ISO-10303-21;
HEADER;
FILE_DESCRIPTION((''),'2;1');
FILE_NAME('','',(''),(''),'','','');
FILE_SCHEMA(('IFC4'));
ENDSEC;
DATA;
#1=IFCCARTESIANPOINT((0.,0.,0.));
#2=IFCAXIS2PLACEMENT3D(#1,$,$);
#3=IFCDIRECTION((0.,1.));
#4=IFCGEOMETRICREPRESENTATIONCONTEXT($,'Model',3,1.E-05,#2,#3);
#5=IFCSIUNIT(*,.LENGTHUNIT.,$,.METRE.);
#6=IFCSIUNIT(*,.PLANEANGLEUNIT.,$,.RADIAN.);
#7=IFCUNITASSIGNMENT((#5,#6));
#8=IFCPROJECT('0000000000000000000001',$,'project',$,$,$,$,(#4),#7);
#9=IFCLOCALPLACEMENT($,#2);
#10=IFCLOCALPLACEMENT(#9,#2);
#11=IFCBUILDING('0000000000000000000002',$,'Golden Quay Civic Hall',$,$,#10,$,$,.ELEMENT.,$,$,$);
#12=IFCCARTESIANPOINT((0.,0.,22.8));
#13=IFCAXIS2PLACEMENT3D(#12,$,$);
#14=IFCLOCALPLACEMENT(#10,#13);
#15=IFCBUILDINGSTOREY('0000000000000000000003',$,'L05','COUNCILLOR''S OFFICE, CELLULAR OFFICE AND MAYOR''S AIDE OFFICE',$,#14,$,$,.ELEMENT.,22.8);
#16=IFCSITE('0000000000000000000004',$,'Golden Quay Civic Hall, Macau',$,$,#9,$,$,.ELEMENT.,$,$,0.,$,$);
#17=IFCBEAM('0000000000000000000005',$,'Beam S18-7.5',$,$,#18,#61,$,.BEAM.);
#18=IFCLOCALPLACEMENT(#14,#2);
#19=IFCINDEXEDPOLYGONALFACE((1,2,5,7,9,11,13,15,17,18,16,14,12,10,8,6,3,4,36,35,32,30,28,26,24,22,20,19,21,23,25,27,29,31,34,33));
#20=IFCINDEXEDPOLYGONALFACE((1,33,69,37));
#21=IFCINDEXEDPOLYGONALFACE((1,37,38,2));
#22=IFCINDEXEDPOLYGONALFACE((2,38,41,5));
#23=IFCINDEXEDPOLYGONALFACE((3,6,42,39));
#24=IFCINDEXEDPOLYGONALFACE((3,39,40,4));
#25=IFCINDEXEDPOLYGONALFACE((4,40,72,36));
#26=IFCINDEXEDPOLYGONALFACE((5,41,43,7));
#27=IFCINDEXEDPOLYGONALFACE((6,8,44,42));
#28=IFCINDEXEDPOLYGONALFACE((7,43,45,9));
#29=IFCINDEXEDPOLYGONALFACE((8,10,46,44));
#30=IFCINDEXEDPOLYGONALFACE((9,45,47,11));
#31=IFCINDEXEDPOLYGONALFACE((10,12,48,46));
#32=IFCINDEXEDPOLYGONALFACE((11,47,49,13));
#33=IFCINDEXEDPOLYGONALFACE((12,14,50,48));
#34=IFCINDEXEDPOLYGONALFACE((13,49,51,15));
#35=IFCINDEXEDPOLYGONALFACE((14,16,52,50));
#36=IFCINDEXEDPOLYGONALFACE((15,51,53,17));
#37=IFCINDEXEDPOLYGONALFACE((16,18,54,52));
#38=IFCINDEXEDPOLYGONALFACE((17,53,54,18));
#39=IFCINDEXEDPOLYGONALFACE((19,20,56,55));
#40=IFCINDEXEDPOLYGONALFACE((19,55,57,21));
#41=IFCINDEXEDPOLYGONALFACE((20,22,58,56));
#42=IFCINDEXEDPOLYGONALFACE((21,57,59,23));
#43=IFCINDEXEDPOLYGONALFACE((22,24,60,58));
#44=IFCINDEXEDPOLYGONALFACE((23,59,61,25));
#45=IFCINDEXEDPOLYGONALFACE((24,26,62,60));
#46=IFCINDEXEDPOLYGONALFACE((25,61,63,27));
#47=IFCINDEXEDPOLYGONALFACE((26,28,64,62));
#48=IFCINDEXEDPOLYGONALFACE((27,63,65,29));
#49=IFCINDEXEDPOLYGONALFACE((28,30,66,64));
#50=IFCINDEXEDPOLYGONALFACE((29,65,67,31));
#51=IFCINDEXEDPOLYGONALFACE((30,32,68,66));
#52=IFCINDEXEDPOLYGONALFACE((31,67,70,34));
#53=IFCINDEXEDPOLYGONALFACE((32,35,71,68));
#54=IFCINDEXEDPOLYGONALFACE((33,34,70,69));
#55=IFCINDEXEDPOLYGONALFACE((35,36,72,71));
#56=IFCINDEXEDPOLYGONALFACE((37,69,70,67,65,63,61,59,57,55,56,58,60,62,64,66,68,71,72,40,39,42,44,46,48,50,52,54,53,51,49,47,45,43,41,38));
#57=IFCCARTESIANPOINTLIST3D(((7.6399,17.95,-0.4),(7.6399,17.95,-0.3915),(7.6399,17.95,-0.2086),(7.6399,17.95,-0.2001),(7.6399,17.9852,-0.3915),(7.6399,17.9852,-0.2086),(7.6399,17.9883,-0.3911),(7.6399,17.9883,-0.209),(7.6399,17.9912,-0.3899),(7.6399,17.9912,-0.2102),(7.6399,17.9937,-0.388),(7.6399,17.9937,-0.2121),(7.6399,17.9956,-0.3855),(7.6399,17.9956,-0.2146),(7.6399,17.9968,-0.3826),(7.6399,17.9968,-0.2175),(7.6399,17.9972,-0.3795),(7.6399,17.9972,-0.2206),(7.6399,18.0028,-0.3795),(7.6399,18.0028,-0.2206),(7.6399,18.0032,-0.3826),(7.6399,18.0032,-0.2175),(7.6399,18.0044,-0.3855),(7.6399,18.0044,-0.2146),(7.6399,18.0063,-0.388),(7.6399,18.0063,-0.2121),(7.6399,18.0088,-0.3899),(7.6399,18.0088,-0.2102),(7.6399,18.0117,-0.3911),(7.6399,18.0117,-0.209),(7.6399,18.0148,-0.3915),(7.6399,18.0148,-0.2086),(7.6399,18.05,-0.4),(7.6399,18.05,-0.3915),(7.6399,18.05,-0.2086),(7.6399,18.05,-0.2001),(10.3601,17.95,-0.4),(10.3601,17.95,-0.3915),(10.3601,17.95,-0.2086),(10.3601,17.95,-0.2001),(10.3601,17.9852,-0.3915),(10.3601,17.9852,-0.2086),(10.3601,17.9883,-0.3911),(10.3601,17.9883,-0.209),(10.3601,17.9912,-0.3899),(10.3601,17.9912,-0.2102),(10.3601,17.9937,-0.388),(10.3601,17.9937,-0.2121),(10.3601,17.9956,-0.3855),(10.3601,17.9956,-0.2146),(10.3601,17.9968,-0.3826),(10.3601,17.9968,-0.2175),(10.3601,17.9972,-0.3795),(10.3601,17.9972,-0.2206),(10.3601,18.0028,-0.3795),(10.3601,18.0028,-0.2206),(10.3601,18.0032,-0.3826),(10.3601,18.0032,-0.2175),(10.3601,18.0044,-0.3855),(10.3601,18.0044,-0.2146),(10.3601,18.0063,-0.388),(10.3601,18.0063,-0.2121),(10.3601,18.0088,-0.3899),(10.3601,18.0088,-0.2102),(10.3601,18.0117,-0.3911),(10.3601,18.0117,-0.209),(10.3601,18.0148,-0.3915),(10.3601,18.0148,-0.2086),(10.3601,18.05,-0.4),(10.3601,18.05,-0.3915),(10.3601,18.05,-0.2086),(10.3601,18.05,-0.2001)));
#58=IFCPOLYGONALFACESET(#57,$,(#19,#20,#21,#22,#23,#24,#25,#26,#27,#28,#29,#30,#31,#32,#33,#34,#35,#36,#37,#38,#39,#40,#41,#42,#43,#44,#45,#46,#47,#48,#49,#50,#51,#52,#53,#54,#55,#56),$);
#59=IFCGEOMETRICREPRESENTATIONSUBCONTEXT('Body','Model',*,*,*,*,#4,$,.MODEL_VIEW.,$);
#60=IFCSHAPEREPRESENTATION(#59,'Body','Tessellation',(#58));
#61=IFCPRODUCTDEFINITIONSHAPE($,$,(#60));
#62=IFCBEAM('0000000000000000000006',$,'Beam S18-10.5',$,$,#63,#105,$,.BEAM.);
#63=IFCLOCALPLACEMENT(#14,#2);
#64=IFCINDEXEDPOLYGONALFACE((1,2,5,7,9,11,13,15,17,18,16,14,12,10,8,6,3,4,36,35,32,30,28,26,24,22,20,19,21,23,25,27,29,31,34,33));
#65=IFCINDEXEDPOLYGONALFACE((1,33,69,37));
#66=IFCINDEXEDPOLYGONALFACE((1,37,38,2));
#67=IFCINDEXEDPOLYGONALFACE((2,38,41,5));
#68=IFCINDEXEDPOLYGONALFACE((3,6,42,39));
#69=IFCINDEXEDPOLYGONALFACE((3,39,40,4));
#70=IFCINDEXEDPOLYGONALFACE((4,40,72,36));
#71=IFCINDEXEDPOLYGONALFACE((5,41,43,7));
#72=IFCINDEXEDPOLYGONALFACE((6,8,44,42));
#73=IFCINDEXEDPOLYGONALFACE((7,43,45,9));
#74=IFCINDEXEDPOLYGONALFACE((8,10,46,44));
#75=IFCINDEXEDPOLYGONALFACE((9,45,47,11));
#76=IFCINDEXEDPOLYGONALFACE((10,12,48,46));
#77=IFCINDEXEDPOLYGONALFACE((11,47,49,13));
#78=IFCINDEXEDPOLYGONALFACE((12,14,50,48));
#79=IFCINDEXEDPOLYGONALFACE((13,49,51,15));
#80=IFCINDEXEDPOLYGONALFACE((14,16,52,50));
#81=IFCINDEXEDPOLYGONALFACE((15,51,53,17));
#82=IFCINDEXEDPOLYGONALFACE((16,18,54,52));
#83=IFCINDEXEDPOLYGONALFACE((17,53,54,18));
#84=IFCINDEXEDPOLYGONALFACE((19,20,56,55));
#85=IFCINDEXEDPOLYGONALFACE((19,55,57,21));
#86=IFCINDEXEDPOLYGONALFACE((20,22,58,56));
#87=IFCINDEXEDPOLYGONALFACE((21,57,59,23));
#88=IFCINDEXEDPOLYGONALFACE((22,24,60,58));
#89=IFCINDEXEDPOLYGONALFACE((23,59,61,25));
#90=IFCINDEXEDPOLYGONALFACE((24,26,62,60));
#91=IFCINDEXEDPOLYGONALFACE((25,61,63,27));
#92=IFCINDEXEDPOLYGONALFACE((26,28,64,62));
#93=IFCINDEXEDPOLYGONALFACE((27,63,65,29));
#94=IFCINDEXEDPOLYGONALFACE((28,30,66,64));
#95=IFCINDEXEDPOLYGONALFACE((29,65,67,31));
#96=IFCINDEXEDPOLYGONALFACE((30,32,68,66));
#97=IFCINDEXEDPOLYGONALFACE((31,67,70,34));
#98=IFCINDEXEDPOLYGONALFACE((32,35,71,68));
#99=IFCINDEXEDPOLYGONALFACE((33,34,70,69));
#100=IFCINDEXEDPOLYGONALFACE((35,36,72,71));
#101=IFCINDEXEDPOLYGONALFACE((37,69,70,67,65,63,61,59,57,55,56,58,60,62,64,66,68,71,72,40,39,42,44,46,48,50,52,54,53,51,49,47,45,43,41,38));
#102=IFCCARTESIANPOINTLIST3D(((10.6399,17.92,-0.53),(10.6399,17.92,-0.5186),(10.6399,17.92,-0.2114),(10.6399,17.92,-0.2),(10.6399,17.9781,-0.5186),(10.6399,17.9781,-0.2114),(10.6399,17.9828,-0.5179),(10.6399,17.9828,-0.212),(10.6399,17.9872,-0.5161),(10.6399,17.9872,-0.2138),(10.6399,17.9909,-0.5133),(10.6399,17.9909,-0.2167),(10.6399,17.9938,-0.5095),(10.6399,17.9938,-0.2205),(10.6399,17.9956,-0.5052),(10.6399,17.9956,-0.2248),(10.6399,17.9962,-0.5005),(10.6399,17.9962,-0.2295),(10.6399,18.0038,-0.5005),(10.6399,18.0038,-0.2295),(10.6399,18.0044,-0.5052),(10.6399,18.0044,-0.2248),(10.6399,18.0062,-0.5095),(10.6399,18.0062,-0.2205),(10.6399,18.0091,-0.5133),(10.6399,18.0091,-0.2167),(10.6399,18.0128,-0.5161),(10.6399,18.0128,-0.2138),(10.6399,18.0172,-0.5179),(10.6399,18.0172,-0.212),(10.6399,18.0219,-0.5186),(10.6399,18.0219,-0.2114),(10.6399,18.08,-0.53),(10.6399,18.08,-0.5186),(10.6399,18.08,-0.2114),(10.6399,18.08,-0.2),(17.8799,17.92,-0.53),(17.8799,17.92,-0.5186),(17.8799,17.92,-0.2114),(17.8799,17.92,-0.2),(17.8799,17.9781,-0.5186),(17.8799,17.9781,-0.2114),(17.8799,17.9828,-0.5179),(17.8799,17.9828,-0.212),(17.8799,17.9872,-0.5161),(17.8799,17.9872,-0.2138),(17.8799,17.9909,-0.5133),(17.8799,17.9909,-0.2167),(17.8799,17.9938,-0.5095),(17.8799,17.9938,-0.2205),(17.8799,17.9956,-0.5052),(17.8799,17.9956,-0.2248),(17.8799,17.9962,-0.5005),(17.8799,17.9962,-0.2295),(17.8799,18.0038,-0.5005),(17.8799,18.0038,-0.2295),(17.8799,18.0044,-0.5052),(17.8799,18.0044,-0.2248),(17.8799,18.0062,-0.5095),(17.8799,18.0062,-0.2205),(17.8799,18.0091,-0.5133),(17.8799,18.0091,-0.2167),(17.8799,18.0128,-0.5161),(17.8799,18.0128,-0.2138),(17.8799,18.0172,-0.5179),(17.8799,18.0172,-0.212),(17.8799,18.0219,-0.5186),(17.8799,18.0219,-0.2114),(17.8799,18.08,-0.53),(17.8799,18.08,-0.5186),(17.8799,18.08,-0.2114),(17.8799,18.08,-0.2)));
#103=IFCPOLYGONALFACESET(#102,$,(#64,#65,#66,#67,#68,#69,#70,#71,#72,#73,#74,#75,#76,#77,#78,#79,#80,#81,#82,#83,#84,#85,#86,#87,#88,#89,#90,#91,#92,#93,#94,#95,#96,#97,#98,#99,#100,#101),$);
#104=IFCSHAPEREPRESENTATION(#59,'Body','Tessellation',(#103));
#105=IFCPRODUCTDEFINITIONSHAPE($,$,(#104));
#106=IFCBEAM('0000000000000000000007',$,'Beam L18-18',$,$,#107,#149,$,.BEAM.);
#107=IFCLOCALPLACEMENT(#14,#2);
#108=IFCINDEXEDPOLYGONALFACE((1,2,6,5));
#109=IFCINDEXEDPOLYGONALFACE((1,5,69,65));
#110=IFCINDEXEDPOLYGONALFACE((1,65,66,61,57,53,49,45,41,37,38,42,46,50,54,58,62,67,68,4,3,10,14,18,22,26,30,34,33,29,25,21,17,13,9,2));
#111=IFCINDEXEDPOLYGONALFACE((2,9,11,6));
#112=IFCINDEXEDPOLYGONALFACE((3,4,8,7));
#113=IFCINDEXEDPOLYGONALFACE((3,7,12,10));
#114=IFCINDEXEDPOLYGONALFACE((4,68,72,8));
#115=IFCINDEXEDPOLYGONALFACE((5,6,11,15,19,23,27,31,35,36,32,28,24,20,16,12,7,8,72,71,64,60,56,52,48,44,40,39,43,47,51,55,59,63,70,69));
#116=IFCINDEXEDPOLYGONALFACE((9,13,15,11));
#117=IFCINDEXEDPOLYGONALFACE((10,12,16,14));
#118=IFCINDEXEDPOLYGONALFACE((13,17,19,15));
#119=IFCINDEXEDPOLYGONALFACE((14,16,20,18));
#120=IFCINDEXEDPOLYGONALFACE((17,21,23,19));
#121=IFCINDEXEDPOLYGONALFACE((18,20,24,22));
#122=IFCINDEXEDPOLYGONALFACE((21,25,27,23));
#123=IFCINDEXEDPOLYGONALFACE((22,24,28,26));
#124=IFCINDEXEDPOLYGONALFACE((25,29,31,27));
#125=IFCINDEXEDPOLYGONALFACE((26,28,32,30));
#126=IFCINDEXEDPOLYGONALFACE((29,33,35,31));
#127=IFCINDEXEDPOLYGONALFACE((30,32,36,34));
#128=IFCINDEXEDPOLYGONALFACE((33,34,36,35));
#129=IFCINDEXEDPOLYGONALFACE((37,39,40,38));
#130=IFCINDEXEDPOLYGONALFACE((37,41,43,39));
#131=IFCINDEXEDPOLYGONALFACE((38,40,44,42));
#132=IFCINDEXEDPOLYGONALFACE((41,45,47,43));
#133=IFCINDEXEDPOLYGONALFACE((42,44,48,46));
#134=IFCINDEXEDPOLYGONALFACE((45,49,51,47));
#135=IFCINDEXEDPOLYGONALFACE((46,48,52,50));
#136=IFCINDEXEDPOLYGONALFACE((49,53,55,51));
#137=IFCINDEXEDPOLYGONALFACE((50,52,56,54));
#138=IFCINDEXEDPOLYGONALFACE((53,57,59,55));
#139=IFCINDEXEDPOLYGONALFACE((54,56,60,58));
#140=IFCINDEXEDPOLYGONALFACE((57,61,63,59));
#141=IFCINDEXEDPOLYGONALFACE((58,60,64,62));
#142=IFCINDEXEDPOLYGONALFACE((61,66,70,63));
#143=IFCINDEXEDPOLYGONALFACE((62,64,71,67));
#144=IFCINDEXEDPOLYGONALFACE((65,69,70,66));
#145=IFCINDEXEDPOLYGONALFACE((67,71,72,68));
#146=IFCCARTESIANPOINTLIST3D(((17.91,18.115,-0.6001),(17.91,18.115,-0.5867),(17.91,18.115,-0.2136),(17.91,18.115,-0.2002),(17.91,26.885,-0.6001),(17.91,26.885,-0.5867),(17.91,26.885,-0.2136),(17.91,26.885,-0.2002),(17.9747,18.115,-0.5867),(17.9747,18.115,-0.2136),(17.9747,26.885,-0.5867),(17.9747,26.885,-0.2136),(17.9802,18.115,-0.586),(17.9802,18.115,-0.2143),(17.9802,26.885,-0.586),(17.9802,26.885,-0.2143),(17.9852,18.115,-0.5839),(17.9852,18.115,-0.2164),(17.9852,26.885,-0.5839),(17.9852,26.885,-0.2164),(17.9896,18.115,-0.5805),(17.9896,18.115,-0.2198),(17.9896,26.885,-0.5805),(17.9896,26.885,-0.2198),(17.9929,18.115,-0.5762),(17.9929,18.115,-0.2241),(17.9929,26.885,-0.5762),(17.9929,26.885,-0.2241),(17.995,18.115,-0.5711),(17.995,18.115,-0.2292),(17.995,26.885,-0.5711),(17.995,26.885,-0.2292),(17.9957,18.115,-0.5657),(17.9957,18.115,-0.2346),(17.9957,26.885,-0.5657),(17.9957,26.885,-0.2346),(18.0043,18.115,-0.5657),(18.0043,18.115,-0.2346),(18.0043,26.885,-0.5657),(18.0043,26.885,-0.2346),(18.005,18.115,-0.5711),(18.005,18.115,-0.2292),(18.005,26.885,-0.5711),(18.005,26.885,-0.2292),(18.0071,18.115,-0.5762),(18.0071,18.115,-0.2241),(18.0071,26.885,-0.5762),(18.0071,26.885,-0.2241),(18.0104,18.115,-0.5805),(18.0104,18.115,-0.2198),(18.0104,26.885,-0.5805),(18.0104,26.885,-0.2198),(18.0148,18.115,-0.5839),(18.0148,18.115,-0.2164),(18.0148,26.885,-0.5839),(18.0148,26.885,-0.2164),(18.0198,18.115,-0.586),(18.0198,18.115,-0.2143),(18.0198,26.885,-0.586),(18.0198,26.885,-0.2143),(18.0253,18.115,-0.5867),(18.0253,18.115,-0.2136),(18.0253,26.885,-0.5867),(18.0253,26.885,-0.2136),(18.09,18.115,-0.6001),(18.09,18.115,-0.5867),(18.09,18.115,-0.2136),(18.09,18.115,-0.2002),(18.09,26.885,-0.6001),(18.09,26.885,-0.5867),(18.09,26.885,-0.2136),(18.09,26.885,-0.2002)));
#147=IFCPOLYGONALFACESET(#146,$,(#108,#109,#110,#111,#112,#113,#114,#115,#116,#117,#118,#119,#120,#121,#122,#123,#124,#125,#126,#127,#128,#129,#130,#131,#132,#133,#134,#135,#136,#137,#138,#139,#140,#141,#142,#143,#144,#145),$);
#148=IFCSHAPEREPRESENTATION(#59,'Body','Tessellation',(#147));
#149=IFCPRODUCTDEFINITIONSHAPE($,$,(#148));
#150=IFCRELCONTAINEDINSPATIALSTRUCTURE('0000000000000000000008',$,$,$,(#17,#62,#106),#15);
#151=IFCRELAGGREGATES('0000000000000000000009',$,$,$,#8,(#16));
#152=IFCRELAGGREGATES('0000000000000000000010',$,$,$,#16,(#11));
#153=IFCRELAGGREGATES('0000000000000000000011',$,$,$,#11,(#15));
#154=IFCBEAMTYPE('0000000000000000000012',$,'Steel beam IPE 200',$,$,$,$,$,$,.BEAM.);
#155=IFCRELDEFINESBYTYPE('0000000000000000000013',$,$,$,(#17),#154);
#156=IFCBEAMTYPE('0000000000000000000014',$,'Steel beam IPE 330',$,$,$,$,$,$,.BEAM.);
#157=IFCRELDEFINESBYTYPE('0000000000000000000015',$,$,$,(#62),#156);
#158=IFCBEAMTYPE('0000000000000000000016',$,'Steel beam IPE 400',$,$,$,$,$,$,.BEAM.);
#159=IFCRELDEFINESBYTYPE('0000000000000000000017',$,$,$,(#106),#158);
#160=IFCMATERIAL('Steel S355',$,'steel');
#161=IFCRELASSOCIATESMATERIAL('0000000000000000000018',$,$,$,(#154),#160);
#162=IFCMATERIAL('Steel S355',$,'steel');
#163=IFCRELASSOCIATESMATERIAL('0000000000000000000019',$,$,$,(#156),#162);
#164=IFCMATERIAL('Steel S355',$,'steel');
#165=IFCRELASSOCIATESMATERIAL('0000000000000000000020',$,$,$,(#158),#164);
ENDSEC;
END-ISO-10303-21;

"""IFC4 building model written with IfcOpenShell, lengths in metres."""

from ifc_helpers import new_model, si_unit, direction, frame, origin, origin_2d, place, context, subcontext, project, spatial, i_section, extrude, material, material_profile, profile_set, type_object, element, save


model = new_model("IFC4")

# Units and contexts
model_context = context("Model", 3, precision=1e-05, world=origin(), true_north=direction((0.0, 1.0)))
body_context = subcontext(model_context, "Body", "Model", "MODEL_VIEW")
ifc_project = project(units=[si_unit("LENGTHUNIT", "METRE"), si_unit("PLANEANGLEUNIT", "RADIAN")], contexts=[model_context])

# Site, building, storey
site_placement = place(None, origin())
site = spatial("IfcSite", under=ifc_project, at=site_placement, Name="Golden Quay Civic Hall, Macau", CompositionType="ELEMENT", RefElevation=0.0)
building_placement = place(site_placement, origin())
building = spatial("IfcBuilding", under=site, at=building_placement, Name="Golden Quay Civic Hall", CompositionType="ELEMENT")
storey_placement = place(building_placement, frame((0.0, 0.0, 22.8)))
storey = spatial("IfcBuildingStorey", under=building, at=storey_placement, Name="L05", Description="COUNCILLOR'S OFFICE, CELLULAR OFFICE AND MAYOR'S AIDE OFFICE", CompositionType="ELEMENT", Elevation=22.8)

# Beams
ifc_material_1 = material(Name="Steel S355", Category="steel")
ifc_material_profile_1 = material_profile(ifc_material_1, i_section(OverallWidth=0.1001, OverallDepth=0.2, WebThickness=0.0056, FlangeThickness=0.0085, FilletRadius=0.012, at=origin_2d()), Name="IPE 200")
ifc_profile_set_1 = profile_set([ifc_material_profile_1], Name="Steel S355")
beam_type_1 = type_object("IfcBeamType", Name="Steel beam IPE 200", PredefinedType="BEAM", material=ifc_profile_set_1)
beam_1_placement = place(storey_placement, frame((7.6399, 18.0, -0.3), z_axis=(1.0, 0.0, 0.0), x_axis=(0.0, 1.0, 0.0)))
element("IfcBeam", 1, at=beam_1_placement, inside=storey, type_object=beam_type_1, Name="Beam S18-7.5", PredefinedType="BEAM", context=body_context, shape_type="SweptSolid", body=[
    extrude(i_section(OverallWidth=0.1001, OverallDepth=0.2, WebThickness=0.0056, FlangeThickness=0.0085, FilletRadius=0.012, at=origin_2d()), origin(), (0.0, 0.0, 1.0), 2.7202),
])
ifc_material_2 = material(Name="Steel S355", Category="steel")
ifc_material_profile_2 = material_profile(ifc_material_2, i_section(OverallWidth=0.1599, OverallDepth=0.3301, WebThickness=0.0076, FlangeThickness=0.0115, FilletRadius=0.0181, at=origin_2d()), Name="IPE 330")
ifc_profile_set_2 = profile_set([ifc_material_profile_2], Name="Steel S355")
beam_type_2 = type_object("IfcBeamType", Name="Steel beam IPE 330", PredefinedType="BEAM", material=ifc_profile_set_2)
beam_2_placement = place(storey_placement, frame((10.6399, 18.0, -0.365), z_axis=(1.0, 0.0, 0.0), x_axis=(0.0, 1.0, 0.0)))
element("IfcBeam", 2, at=beam_2_placement, inside=storey, type_object=beam_type_2, Name="Beam S18-10.5", PredefinedType="BEAM", context=body_context, shape_type="SweptSolid", body=[
    extrude(i_section(OverallWidth=0.1599, OverallDepth=0.3301, WebThickness=0.0076, FlangeThickness=0.0115, FilletRadius=0.0181, at=origin_2d()), origin(), (0.0, 0.0, 1.0), 7.24),
])
ifc_material_3 = material(Name="Steel S355", Category="steel")
ifc_material_profile_3 = material_profile(ifc_material_3, i_section(OverallWidth=0.1799, OverallDepth=0.3999, WebThickness=0.0085, FlangeThickness=0.0134, FilletRadius=0.021, at=origin_2d()), Name="IPE 400")
ifc_profile_set_3 = profile_set([ifc_material_profile_3], Name="Steel S355")
beam_type_3 = type_object("IfcBeamType", Name="Steel beam IPE 400", PredefinedType="BEAM", material=ifc_profile_set_3)
beam_3_placement = place(storey_placement, frame((18.0, 18.115, -0.4001), z_axis=(0.0, 1.0, 0.0), x_axis=(-1.0, 0.0, 0.0)))
element("IfcBeam", 3, at=beam_3_placement, inside=storey, type_object=beam_type_3, Name="Beam L18-18", PredefinedType="BEAM", context=body_context, shape_type="SweptSolid", body=[
    extrude(i_section(OverallWidth=0.1799, OverallDepth=0.3999, WebThickness=0.0085, FlangeThickness=0.0134, FilletRadius=0.021, at=origin_2d()), origin(), (0.0, 0.0, 1.0), 8.77),
])

save(model, "model.ifc")
